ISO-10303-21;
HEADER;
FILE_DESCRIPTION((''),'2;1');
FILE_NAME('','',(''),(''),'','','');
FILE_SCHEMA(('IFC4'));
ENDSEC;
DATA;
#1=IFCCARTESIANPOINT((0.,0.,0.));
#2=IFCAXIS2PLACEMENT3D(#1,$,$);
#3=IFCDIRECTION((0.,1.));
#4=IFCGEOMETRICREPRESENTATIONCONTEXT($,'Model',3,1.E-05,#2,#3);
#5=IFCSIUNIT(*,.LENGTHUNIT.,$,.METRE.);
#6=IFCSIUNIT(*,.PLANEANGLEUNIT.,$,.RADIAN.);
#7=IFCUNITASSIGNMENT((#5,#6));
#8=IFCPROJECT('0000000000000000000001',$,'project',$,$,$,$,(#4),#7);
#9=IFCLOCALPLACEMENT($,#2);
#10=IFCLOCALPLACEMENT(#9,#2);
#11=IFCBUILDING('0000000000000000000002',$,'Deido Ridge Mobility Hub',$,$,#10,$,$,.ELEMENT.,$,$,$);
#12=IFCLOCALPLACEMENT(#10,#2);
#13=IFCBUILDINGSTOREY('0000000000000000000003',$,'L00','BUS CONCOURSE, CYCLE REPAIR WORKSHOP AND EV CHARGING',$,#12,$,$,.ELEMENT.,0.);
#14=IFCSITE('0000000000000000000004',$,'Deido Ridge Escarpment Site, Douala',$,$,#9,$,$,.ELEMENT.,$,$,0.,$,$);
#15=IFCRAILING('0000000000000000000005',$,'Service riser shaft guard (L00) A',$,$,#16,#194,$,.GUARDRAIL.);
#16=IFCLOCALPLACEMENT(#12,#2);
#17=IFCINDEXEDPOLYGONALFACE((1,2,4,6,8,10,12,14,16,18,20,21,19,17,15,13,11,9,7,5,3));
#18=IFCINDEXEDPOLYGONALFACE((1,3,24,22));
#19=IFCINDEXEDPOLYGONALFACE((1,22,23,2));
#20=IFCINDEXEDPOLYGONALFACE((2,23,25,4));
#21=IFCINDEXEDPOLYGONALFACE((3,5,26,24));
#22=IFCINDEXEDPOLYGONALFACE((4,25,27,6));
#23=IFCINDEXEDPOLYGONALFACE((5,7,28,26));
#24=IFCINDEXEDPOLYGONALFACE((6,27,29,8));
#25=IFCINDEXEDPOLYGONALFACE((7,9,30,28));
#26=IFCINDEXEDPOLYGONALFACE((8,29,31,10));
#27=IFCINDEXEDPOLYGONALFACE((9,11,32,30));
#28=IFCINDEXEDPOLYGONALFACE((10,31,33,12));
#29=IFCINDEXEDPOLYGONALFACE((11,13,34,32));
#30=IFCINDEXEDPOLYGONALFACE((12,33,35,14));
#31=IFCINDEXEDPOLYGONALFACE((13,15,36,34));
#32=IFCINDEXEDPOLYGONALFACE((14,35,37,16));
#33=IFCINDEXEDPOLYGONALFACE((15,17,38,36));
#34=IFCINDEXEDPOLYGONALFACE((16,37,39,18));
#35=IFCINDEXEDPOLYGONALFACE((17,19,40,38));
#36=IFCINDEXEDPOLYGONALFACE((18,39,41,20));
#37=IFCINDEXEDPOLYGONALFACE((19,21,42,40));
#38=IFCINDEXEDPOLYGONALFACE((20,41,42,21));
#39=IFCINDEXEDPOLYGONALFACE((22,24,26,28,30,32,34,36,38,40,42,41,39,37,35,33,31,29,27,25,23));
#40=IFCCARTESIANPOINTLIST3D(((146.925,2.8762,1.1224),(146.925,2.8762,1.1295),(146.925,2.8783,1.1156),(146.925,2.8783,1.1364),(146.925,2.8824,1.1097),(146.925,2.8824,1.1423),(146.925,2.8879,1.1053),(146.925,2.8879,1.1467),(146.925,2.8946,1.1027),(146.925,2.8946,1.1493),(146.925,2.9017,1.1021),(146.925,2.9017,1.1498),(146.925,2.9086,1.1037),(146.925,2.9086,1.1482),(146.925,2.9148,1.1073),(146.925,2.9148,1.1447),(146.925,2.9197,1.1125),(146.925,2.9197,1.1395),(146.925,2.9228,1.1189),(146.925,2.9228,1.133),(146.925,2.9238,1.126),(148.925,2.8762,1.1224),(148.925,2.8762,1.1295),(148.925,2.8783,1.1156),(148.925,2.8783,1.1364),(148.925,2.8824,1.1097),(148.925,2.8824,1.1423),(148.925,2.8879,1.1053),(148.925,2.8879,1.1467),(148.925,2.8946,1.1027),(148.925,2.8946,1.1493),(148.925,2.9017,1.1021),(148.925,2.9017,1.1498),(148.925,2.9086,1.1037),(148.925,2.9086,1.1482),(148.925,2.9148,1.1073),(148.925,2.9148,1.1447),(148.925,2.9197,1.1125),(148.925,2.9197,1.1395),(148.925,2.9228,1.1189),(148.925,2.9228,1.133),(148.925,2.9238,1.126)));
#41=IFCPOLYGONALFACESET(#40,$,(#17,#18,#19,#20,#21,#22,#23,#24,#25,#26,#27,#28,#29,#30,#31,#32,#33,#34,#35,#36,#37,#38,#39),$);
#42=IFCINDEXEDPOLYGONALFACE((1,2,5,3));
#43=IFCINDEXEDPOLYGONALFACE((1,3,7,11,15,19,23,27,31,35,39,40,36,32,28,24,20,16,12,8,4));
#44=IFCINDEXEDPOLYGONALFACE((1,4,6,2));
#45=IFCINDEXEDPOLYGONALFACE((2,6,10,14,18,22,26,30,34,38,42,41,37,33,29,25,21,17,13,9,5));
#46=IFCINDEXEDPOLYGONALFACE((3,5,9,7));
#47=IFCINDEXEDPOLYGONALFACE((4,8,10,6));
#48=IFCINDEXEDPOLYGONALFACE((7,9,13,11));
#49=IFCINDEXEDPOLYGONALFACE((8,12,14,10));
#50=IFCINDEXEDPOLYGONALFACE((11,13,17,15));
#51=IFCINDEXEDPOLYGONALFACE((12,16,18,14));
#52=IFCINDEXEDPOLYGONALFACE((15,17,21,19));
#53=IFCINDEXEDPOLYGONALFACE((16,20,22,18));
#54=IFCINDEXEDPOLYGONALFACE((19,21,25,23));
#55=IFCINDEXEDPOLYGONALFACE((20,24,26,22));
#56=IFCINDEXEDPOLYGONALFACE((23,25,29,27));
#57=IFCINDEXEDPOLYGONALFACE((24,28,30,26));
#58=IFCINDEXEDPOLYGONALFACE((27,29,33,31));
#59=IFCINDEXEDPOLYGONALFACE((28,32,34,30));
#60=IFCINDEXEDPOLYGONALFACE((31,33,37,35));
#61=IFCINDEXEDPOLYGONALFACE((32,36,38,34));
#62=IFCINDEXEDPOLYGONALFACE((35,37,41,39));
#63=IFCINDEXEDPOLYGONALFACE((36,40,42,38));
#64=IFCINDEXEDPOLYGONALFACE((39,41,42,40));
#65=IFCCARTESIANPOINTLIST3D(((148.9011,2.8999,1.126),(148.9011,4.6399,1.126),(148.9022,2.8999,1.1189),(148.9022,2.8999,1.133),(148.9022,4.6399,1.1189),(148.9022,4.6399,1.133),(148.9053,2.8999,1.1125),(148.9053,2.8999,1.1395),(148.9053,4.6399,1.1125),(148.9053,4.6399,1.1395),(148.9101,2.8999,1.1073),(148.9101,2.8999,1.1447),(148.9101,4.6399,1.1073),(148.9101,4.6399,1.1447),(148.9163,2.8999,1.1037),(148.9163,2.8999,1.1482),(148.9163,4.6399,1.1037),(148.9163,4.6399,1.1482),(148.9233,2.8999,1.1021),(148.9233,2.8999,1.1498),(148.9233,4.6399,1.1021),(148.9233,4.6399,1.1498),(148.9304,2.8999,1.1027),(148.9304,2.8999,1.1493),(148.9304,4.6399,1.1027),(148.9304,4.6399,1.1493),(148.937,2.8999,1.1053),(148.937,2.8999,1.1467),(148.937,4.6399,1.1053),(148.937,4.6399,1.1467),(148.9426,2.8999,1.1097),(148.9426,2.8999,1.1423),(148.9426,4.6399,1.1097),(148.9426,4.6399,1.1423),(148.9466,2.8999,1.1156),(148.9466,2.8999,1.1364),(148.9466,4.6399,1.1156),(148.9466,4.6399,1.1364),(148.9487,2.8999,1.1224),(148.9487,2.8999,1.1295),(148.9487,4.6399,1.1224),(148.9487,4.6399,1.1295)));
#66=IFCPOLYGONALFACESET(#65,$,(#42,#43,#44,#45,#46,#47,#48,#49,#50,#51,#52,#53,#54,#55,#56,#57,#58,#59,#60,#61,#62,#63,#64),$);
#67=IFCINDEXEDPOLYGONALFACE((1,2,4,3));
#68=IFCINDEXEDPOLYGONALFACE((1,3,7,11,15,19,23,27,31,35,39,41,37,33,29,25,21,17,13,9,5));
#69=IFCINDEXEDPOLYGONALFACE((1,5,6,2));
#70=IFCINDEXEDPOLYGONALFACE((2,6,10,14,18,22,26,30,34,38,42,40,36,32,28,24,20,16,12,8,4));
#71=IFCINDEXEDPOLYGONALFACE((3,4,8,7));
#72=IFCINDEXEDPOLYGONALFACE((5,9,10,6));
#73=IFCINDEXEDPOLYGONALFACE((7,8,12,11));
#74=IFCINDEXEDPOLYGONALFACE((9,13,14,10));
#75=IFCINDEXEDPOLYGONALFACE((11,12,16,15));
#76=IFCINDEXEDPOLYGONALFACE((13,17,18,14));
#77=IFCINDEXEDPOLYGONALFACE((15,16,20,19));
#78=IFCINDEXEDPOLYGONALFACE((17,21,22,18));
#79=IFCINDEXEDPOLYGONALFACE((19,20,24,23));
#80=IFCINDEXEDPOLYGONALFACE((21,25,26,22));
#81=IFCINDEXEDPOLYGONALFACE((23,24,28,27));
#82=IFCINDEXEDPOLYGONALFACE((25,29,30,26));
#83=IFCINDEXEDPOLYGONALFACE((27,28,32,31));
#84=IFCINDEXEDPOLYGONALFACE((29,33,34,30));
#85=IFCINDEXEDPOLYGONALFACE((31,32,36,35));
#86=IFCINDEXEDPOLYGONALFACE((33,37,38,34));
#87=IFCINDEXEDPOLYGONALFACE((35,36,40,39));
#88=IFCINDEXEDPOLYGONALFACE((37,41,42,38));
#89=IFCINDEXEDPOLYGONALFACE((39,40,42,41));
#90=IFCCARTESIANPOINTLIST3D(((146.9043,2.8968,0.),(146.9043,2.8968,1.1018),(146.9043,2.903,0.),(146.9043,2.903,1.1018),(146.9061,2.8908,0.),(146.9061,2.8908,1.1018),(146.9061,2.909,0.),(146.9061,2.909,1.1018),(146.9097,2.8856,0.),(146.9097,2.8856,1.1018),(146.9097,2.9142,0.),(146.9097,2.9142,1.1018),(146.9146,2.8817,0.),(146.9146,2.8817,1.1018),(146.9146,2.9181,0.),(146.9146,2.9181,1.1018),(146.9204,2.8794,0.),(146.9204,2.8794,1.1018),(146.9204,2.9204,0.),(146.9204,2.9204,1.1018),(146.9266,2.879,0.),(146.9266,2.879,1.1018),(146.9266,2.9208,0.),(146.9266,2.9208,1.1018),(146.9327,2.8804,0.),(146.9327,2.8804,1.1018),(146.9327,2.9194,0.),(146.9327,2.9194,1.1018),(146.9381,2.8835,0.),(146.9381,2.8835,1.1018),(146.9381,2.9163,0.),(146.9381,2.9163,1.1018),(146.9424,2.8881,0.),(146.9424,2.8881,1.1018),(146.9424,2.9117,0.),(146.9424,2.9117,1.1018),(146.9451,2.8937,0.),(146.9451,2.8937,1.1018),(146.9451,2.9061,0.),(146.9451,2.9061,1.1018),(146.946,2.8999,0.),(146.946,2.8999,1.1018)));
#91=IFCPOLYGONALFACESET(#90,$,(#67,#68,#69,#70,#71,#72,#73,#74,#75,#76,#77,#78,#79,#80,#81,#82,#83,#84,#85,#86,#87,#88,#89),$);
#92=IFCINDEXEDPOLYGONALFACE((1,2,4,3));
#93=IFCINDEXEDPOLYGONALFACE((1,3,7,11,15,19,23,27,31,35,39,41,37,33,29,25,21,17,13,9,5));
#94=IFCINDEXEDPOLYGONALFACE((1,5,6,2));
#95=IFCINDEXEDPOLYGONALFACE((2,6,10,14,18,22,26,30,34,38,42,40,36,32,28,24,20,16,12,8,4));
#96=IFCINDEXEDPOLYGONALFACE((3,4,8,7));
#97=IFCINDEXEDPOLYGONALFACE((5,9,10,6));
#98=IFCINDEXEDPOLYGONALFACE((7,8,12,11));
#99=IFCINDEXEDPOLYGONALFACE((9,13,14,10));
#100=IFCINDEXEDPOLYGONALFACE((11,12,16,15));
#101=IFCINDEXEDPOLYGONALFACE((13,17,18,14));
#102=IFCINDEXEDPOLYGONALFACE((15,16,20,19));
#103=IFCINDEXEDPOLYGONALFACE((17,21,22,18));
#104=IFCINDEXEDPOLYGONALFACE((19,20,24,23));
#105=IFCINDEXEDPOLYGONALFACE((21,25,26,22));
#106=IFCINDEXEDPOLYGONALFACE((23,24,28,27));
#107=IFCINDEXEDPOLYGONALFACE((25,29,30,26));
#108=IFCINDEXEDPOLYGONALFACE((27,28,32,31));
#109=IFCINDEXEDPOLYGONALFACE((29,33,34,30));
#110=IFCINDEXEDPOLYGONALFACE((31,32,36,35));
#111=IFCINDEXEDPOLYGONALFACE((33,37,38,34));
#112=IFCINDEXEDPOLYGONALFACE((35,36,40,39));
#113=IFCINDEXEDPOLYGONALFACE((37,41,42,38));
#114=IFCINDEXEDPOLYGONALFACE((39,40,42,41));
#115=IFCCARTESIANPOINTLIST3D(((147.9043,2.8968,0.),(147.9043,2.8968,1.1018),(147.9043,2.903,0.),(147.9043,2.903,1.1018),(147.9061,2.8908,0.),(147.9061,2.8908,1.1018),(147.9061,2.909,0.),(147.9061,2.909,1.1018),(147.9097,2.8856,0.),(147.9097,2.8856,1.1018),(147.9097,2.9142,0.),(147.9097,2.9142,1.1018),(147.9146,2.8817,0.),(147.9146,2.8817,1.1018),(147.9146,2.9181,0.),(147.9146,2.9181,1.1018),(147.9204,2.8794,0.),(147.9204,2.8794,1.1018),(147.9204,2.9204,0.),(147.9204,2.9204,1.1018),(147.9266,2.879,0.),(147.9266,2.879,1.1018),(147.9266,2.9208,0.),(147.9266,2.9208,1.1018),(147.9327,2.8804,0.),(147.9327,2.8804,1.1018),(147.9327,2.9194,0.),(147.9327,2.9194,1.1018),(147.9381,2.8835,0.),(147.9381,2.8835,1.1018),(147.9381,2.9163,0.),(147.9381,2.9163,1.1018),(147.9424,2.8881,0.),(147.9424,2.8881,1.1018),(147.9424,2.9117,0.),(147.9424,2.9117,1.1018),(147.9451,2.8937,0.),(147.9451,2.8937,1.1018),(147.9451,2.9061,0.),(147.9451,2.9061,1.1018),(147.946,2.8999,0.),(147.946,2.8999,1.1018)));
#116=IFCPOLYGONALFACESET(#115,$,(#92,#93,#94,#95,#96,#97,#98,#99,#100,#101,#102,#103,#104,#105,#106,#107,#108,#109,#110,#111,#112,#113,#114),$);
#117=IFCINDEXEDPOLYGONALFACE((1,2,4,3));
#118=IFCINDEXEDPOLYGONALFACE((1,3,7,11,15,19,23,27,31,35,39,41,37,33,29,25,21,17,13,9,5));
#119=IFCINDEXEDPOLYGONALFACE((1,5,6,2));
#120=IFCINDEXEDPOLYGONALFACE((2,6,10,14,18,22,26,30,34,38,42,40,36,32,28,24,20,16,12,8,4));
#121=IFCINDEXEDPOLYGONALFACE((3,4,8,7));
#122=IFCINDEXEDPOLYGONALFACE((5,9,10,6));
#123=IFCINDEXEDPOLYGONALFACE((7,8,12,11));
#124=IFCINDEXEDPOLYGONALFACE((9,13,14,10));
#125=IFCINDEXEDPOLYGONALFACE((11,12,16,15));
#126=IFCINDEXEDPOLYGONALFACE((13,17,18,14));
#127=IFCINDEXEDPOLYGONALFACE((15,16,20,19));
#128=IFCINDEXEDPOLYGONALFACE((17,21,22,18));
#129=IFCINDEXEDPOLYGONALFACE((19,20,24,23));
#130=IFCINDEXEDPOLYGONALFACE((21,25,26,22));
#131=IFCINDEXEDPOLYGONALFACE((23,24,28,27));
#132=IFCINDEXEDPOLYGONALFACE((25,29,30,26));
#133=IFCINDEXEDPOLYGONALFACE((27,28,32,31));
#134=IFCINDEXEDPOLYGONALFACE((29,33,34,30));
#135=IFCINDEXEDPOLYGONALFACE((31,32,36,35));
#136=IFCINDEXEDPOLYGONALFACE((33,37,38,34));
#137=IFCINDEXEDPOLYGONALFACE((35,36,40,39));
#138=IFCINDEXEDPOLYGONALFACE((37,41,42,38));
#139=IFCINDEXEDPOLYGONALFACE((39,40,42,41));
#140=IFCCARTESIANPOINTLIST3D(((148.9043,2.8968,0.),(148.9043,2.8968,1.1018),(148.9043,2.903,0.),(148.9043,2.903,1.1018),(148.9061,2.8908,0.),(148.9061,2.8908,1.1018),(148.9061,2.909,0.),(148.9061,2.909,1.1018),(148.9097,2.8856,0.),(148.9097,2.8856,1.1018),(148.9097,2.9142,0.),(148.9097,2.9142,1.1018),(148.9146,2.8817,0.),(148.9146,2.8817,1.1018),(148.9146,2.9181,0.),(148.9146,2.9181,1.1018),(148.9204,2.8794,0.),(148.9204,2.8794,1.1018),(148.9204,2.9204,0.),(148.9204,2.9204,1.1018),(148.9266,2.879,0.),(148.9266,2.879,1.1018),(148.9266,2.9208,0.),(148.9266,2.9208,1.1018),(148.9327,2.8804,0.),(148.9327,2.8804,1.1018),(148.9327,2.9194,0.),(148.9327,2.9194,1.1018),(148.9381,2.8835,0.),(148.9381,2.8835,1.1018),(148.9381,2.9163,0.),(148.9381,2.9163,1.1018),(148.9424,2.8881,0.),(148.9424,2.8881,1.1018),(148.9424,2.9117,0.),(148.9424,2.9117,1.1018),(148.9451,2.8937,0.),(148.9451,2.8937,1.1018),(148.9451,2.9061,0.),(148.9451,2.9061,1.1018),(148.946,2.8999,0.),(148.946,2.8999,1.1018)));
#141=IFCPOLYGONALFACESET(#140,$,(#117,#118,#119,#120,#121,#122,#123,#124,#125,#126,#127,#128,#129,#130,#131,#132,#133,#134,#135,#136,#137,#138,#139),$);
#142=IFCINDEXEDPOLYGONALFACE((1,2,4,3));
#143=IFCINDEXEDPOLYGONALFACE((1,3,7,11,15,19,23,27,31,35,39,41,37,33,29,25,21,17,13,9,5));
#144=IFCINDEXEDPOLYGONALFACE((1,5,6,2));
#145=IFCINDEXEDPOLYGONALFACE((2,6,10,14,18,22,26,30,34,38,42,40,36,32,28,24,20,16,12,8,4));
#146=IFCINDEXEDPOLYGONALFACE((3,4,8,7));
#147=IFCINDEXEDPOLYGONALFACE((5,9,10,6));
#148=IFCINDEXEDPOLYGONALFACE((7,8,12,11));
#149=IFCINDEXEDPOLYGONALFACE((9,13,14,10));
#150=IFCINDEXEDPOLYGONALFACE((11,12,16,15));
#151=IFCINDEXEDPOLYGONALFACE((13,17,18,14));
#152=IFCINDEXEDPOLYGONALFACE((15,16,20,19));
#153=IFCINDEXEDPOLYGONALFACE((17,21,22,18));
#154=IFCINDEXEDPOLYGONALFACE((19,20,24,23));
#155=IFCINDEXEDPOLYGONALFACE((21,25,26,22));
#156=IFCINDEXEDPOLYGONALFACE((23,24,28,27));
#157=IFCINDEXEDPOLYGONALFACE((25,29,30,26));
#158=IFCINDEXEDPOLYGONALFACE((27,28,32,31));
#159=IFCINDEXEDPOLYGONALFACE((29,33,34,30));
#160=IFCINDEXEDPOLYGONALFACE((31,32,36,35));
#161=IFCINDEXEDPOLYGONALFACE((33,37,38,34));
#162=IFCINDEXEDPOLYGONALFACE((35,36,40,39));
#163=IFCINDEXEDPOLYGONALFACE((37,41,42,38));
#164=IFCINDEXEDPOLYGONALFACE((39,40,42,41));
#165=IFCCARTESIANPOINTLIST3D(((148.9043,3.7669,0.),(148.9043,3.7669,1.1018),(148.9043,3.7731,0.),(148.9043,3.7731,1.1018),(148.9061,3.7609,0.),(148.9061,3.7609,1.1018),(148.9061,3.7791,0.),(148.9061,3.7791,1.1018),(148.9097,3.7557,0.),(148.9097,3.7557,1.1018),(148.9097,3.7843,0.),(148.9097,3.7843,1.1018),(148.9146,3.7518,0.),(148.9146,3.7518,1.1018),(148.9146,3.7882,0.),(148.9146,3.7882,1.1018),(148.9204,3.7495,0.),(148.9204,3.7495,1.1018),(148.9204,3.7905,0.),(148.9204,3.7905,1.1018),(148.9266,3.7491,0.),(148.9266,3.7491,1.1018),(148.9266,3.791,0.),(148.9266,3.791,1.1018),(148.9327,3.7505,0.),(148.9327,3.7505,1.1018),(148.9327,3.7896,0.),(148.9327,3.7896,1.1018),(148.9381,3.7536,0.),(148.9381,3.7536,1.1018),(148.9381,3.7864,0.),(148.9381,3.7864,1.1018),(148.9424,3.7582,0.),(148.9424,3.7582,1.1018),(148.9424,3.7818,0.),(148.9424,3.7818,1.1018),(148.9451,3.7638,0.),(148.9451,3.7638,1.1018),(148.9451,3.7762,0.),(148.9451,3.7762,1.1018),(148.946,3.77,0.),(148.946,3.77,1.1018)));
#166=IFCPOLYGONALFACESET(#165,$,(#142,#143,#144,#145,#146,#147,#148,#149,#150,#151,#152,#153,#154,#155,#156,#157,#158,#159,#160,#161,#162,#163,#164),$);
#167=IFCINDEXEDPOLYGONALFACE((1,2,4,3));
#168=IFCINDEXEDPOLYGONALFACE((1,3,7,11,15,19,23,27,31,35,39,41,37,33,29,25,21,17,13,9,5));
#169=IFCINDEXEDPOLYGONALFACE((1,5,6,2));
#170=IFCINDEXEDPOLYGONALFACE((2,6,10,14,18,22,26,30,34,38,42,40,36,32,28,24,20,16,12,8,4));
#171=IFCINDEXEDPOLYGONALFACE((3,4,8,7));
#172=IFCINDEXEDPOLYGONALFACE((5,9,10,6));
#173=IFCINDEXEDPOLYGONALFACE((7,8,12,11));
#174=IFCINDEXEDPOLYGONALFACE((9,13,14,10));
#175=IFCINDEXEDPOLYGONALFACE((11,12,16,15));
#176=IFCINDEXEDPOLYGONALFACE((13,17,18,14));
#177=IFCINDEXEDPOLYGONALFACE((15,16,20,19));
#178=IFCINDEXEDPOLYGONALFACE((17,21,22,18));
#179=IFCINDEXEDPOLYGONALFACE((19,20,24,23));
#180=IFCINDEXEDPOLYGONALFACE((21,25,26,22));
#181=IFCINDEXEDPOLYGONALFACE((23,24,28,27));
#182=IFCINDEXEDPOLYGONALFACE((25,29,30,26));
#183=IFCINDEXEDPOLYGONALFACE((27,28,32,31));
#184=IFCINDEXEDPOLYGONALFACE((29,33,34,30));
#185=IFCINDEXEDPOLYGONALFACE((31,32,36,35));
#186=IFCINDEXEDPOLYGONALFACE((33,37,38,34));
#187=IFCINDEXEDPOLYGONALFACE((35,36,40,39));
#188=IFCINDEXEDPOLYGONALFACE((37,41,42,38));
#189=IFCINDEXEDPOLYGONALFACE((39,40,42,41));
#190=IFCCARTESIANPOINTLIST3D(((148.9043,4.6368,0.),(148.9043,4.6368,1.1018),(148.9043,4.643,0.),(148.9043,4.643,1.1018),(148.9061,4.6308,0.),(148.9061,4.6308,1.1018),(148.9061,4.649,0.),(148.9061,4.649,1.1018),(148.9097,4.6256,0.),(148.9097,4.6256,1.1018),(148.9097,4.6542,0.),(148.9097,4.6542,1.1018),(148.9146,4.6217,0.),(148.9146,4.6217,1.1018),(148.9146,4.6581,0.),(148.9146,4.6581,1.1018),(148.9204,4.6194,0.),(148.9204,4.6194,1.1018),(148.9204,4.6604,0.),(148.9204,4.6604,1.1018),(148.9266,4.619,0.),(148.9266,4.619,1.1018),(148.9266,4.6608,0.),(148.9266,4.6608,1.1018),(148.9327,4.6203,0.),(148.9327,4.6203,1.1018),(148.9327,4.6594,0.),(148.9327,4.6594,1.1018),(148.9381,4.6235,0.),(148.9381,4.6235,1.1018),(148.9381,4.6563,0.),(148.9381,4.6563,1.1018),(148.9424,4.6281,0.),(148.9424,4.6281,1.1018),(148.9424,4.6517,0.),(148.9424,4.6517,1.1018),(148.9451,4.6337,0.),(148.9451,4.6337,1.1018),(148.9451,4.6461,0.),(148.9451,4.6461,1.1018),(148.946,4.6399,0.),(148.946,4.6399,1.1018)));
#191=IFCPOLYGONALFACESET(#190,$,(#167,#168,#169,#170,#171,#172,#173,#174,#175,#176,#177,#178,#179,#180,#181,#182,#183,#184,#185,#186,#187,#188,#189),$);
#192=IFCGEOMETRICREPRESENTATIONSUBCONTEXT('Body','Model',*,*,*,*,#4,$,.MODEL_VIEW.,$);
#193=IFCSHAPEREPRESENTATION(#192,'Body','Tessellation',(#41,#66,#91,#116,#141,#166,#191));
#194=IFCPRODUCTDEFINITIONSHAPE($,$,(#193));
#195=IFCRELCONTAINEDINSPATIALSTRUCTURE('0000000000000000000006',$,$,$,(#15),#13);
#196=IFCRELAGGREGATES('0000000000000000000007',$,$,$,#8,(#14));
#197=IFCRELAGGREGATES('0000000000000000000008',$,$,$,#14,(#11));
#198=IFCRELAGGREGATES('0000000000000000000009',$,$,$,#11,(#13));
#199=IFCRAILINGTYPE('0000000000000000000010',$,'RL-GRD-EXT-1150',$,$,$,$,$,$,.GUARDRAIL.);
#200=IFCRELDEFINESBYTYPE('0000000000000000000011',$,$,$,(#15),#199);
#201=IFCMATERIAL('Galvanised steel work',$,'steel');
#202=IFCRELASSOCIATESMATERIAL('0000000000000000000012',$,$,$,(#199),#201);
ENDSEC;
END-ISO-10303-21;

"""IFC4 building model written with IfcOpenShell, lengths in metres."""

from ifc_helpers import new_model, si_unit, direction, frame, origin, origin_2d, place, context, subcontext, project, spatial, circle, extrude, material, type_object, element, save


model = new_model("IFC4")

# Units and contexts
model_context = context("Model", 3, precision=1e-05, world=origin(), true_north=direction((0.0, 1.0)))
body_context = subcontext(model_context, "Body", "Model", "MODEL_VIEW")
ifc_project = project(units=[si_unit("LENGTHUNIT", "METRE"), si_unit("PLANEANGLEUNIT", "RADIAN")], contexts=[model_context])

# Site, building, storey
site_placement = place(None, origin())
site = spatial("IfcSite", under=ifc_project, at=site_placement, Name="Deido Ridge Escarpment Site, Douala", CompositionType="ELEMENT", RefElevation=0.0)
building_placement = place(site_placement, origin())
building = spatial("IfcBuilding", under=site, at=building_placement, Name="Deido Ridge Mobility Hub", CompositionType="ELEMENT")
storey_placement = place(building_placement, origin())
storey = spatial("IfcBuildingStorey", under=building, at=storey_placement, Name="L00", Description="BUS CONCOURSE, CYCLE REPAIR WORKSHOP AND EV CHARGING", CompositionType="ELEMENT", Elevation=0.0)

# Railing
ifc_material_1 = material(Name="Galvanised steel work", Category="steel")
railing_type = type_object("IfcRailingType", Name="RL-GRD-EXT-1150", PredefinedType="GUARDRAIL", material=ifc_material_1)
railing_1_placement = place(storey_placement, frame((146.925, 2.8999, 0.0)))
element("IfcRailing", 1, at=railing_1_placement, inside=storey, type_object=railing_type, Name="Service riser shaft guard (L00) A", PredefinedType="GUARDRAIL", context=body_context, shape_type="SweptSolid", body=[
    extrude(circle(Radius=0.0239, at=origin_2d()), frame((0.0, 0.0, 1.126), z_axis=(1.0, 0.0, 0.0), x_axis=(0.0, 1.0, 0.0)), (0.0, 0.0, 1.0), 2.0),
    extrude(circle(Radius=0.0239, at=origin_2d()), frame((2.0, 0.0, 1.126), z_axis=(0.0, 1.0, 0.0), x_axis=(-1.0, 0.0, 0.0)), (0.0, 0.0, 1.0), 1.74),
    extrude(circle(Radius=0.021, at=origin_2d()), origin(), (0.0, 0.0, 1.0), 1.1018),
    extrude(circle(Radius=0.021, at=origin_2d()), frame((1.0, 0.0, 0.0)), (0.0, 0.0, 1.0), 1.1018),
    extrude(circle(Radius=0.021, at=origin_2d()), frame((2.0, 0.0, 0.0)), (0.0, 0.0, 1.0), 1.1018),
    extrude(circle(Radius=0.021, at=origin_2d()), frame((2.0, 0.8701, 0.0)), (0.0, 0.0, 1.0), 1.1018),
    extrude(circle(Radius=0.021, at=origin_2d()), frame((2.0, 1.74, 0.0)), (0.0, 0.0, 1.0), 1.1018),
])

save(model, "model.ifc")
